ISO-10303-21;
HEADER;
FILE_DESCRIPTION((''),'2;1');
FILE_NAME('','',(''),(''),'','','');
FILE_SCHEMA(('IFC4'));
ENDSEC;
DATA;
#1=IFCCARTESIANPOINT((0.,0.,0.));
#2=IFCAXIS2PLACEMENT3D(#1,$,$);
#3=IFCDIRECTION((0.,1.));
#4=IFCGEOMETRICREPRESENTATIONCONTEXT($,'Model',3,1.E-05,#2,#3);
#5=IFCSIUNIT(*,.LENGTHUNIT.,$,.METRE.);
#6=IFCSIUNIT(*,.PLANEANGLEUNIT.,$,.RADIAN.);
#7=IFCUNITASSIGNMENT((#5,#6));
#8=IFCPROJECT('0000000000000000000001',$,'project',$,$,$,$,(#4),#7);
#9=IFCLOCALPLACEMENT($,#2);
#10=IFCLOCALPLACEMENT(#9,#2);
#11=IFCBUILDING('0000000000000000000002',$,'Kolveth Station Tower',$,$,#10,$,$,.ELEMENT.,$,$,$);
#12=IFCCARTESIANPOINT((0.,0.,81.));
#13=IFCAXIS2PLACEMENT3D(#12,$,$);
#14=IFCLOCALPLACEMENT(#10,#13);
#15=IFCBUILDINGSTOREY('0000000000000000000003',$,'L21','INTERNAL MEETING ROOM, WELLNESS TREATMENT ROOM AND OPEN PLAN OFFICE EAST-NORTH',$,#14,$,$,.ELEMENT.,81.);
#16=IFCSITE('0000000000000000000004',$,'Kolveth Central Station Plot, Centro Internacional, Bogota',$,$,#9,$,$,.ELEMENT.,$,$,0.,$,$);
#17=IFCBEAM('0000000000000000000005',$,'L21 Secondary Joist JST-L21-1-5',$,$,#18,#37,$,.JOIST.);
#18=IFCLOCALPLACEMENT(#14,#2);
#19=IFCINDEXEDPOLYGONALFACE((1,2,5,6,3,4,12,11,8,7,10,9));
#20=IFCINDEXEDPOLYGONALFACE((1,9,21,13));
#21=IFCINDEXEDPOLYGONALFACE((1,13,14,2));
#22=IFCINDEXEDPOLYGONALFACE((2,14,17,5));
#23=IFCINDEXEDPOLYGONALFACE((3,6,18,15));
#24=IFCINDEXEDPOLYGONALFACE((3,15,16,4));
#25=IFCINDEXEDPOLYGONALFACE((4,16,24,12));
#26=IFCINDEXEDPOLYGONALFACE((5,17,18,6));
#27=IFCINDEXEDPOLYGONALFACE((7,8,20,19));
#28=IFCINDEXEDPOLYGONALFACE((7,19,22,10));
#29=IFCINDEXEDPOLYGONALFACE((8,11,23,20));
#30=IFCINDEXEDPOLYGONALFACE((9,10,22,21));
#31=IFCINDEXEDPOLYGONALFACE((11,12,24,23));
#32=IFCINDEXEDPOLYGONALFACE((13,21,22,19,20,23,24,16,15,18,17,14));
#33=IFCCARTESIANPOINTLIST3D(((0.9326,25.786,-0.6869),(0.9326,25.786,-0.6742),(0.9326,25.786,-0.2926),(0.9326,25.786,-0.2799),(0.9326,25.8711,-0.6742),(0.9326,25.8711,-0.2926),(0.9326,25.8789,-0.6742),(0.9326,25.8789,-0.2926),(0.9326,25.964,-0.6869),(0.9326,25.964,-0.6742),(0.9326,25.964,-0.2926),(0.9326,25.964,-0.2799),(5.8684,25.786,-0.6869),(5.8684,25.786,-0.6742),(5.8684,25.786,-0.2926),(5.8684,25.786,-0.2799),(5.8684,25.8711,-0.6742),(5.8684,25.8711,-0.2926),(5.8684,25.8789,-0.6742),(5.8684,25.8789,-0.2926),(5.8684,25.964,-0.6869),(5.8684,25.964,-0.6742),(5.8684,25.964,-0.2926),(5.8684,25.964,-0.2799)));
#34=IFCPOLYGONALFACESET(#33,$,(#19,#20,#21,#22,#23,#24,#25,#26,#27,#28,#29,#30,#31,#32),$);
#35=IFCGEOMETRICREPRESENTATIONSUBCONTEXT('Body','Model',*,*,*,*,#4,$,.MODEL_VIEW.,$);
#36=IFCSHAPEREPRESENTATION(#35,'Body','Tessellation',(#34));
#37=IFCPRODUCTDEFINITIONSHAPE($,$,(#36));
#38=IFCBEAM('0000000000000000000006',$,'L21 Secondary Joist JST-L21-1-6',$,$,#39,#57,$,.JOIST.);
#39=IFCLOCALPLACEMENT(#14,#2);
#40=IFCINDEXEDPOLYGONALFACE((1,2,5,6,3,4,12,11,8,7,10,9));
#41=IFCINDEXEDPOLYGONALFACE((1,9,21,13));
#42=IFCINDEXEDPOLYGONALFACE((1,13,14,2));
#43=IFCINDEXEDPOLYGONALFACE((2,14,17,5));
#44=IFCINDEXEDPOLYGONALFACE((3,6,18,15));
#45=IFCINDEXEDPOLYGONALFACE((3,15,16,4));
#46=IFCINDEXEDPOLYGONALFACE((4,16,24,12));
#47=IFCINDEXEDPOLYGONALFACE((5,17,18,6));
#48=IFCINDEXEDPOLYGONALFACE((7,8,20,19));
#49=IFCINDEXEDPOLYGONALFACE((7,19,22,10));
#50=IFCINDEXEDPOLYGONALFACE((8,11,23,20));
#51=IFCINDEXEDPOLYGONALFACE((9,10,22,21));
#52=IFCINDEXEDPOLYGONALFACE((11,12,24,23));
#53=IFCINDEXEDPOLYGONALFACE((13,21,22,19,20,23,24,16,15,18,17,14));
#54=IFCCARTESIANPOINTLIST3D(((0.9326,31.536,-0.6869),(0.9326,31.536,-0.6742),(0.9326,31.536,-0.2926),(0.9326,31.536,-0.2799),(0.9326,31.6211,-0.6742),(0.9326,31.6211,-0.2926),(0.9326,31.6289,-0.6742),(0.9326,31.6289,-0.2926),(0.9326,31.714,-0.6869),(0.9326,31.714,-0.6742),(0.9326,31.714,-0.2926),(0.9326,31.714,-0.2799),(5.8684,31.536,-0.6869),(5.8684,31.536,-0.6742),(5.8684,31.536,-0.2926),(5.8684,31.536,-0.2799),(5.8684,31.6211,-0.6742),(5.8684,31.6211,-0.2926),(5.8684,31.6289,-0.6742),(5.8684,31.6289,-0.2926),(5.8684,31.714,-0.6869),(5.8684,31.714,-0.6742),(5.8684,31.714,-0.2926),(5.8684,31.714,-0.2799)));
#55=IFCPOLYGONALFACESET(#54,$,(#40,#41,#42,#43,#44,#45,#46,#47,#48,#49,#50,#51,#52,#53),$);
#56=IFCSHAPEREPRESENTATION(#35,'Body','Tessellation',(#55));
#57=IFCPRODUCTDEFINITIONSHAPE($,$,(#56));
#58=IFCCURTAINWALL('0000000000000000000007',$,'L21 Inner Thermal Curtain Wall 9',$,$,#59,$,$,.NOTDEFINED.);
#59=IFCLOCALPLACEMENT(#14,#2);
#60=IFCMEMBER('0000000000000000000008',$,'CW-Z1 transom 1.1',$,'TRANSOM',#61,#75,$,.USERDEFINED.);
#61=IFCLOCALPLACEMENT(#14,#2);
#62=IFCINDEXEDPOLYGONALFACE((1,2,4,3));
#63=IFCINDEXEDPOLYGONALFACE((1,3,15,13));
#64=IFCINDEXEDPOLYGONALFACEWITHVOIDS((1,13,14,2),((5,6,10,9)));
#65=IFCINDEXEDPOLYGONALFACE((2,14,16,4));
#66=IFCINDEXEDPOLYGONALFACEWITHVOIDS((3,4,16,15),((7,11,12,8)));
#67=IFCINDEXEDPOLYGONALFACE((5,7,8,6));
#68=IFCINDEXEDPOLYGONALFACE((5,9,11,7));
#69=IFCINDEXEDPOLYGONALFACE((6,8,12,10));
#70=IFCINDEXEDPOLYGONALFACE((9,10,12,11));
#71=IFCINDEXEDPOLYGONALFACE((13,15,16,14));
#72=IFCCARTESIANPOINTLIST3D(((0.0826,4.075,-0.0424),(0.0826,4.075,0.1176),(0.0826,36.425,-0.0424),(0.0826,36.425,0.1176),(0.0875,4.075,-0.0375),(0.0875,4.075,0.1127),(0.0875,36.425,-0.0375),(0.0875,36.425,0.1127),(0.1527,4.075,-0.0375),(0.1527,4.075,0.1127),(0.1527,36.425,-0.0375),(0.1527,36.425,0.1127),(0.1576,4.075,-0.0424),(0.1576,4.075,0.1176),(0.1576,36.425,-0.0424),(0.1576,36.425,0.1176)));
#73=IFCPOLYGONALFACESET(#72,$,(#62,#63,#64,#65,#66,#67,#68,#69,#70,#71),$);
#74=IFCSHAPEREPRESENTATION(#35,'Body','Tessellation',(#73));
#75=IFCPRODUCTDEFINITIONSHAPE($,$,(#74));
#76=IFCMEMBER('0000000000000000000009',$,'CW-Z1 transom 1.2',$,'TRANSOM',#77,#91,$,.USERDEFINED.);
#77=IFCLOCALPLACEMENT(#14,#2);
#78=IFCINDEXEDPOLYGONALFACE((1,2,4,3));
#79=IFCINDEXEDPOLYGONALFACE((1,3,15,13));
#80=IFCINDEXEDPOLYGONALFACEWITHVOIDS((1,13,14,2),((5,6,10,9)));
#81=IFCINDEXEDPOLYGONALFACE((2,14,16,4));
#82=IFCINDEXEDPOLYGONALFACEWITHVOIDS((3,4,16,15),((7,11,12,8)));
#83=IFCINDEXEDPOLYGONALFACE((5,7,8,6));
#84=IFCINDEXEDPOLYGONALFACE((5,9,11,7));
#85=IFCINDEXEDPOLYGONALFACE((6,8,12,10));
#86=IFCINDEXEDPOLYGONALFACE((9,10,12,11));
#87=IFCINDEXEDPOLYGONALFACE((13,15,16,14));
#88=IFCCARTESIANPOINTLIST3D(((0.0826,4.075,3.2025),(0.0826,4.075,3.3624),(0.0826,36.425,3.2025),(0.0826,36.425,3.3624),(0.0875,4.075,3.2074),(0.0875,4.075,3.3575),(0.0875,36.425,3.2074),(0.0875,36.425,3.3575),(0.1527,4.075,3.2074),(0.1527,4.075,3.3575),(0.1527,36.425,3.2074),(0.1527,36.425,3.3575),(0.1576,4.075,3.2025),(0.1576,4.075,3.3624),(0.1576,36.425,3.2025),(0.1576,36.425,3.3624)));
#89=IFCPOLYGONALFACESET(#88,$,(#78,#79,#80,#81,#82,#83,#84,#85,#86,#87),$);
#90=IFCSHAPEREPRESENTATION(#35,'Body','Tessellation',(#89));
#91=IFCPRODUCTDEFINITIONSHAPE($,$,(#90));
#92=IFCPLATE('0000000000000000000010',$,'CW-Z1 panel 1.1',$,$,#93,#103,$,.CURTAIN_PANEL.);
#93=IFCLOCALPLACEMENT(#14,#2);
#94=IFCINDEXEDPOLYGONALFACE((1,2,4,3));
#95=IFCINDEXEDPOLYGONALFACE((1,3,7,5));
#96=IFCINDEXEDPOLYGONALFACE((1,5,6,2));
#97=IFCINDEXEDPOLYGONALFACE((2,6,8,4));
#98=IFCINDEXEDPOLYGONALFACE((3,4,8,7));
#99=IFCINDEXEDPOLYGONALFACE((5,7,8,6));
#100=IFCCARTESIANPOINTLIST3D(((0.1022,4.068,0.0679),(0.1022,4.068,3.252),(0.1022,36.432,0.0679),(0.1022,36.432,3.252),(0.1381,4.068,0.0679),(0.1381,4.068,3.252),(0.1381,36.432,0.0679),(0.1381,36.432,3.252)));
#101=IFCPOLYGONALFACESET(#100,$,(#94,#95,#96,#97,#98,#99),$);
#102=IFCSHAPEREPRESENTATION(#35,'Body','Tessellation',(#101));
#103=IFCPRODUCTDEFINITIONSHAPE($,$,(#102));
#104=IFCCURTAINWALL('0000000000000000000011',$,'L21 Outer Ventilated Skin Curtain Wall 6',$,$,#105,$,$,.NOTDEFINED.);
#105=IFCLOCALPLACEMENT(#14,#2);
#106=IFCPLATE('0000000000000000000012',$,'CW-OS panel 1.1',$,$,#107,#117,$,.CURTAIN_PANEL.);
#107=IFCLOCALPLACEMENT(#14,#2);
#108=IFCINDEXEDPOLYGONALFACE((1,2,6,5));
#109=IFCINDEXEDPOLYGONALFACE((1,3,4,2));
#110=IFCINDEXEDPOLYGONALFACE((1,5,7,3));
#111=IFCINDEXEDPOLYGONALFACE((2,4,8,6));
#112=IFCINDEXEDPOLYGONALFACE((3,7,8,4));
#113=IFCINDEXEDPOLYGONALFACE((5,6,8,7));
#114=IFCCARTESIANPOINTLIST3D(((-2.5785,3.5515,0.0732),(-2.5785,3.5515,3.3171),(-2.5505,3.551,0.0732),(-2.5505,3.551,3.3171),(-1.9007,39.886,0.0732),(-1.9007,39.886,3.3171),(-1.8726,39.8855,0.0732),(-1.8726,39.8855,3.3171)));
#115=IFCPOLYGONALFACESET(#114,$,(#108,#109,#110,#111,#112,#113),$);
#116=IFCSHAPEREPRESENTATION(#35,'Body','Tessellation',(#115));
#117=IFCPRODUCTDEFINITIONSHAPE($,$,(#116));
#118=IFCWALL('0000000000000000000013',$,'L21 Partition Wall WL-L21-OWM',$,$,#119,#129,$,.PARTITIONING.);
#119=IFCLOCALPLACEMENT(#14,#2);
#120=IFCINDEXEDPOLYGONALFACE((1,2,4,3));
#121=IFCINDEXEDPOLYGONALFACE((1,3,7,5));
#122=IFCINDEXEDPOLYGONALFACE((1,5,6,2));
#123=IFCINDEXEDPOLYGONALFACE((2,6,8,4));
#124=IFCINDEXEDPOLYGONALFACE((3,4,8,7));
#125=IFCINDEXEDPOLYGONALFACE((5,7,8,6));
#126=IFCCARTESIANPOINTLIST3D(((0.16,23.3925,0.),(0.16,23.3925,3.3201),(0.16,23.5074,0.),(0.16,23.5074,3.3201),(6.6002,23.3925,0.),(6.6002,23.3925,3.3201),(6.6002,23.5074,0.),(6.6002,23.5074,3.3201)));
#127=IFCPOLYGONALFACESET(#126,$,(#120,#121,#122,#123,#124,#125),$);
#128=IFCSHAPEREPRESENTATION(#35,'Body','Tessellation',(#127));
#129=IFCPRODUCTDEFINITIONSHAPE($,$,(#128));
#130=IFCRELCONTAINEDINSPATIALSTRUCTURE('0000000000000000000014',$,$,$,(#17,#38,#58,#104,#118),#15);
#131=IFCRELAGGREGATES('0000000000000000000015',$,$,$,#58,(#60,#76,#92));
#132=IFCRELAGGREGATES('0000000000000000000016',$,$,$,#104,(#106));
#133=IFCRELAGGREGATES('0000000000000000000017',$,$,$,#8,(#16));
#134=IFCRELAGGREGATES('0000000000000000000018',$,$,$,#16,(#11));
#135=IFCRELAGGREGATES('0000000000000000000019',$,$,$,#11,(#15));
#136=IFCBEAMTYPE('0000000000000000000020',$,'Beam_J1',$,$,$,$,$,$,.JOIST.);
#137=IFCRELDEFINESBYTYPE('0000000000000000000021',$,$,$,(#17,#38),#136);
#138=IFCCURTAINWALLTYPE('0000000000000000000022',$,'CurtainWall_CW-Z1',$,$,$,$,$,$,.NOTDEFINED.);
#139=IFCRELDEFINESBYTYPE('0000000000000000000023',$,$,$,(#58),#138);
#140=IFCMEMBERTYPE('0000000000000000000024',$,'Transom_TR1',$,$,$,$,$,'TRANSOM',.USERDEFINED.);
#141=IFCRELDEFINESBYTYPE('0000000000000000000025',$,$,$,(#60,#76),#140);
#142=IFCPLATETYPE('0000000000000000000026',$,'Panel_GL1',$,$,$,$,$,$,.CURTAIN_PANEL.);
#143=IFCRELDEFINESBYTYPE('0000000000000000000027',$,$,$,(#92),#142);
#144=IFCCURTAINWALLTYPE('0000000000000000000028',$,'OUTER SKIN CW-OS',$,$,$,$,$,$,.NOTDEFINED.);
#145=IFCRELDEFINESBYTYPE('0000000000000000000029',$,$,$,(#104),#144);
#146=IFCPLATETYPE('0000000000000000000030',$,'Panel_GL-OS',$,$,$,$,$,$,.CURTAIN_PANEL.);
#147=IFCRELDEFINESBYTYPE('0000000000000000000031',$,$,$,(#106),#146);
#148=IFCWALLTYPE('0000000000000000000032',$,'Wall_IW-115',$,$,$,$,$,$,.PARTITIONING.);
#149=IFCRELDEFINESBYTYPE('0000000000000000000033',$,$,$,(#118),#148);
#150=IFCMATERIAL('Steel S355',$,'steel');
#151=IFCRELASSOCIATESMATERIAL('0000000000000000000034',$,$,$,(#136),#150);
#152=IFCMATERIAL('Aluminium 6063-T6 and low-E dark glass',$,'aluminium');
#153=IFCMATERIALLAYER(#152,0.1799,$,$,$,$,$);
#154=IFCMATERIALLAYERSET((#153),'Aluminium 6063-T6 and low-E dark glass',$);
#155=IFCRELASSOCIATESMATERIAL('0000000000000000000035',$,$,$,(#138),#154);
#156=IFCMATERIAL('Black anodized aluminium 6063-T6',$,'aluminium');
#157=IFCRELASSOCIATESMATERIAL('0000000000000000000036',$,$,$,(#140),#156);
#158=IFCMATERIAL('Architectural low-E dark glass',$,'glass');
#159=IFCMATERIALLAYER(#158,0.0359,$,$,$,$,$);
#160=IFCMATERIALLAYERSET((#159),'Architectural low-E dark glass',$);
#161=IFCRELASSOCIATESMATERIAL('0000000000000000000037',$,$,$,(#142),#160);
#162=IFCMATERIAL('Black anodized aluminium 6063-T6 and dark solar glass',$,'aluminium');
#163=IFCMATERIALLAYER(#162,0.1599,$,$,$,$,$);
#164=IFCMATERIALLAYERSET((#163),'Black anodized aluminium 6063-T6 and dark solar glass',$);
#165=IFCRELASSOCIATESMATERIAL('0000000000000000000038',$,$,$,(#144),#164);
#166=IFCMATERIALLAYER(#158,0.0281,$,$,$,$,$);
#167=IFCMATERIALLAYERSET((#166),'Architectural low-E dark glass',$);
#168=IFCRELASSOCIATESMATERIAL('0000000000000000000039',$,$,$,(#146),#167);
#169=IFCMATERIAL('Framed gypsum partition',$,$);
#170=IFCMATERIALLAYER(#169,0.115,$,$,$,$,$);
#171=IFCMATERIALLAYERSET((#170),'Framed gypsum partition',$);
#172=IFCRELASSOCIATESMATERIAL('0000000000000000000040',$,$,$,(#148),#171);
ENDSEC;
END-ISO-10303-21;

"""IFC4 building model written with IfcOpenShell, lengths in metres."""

from ifc_helpers import new_model, si_unit, direction, frame, frame_2d, origin, origin_2d, place, context, subcontext, project, spatial, rectangle, hollow_rectangle, i_section, extrude, source, transform, mapped, material, layer, layer_set, material_profile, profile_set, type_object, element, aggregate, save


model = new_model("IFC4")

# Units and contexts
model_context = context("Model", 3, precision=1e-05, world=origin(), true_north=direction((0.0, 1.0)))
body_context = subcontext(model_context, "Body", "Model", "MODEL_VIEW")
ifc_project = project(units=[si_unit("LENGTHUNIT", "METRE"), si_unit("PLANEANGLEUNIT", "RADIAN")], contexts=[model_context])

# Site, building, storey
site_placement = place(None, origin())
site = spatial("IfcSite", under=ifc_project, at=site_placement, Name="Kolveth Central Station Plot, Centro Internacional, Bogota", CompositionType="ELEMENT", RefElevation=0.0)
building_placement = place(site_placement, origin())
building = spatial("IfcBuilding", under=site, at=building_placement, Name="Kolveth Station Tower", CompositionType="ELEMENT")
storey_placement = place(building_placement, frame((0.0, 0.0, 81.0)))
storey = spatial("IfcBuildingStorey", under=building, at=storey_placement, Name="L21", Description="INTERNAL MEETING ROOM, WELLNESS TREATMENT ROOM AND OPEN PLAN OFFICE EAST-NORTH", CompositionType="ELEMENT", Elevation=81.0)

# Shared definitions
ifc_material_1 = material(Name="Steel S355", Category="steel")

# Beams
ifc_material_profile_1 = material_profile(ifc_material_1, i_section(OverallWidth=0.178, OverallDepth=0.407, WebThickness=0.0078, FlangeThickness=0.0127, at=origin_2d()), Name="W410x60")
ifc_profile_set_1 = profile_set([ifc_material_profile_1], Name="Steel S355")
beam_type_1 = type_object("IfcBeamType", Name="Beam_J1", PredefinedType="JOIST", material=ifc_profile_set_1)
shared_shape_1 = source(origin(), body_context, "Body", "SweptSolid", [
    extrude(i_section(OverallWidth=0.178, OverallDepth=0.407, WebThickness=0.0078, FlangeThickness=0.0127, at=origin_2d()), origin(), (0.0, 0.0, 1.0), 4.9358),
])
for number, where, z_axis, x_axis, name in (
    (1, (0.9326, 25.875, -0.4834), (1.0, 0.0, 0.0), (0.0, 1.0, 0.0), "L21 Secondary Joist JST-L21-1-5"),
    (2, (0.9326, 31.625, -0.4834), (1.0, 0.0, 0.0), (0.0, 1.0, 0.0), "L21 Secondary Joist JST-L21-1-6"),
):
    element("IfcBeam", number, at=place(storey_placement, frame(where, z_axis=z_axis, x_axis=x_axis)), inside=storey, type_object=beam_type_1, Name=name, PredefinedType="JOIST", context=body_context, shape_type="MappedRepresentation", body=[
        mapped(shared_shape_1, transform((0.0, 0.0, 0.0), x_axis=(1.0, 0.0, 0.0), y_axis=(0.0, 1.0, 0.0), z_axis=(0.0, 0.0, 1.0), scale=1.0)),
    ])

# Curtain wall, members, plate
ifc_material_2 = material(Name="Aluminium 6063-T6 and low-E dark glass", Category="aluminium")
ifc_layer_1 = layer(ifc_material_2, 0.1799)
ifc_layer_set_1 = layer_set([ifc_layer_1], Name="Aluminium 6063-T6 and low-E dark glass")
curtain_wall_type_1 = type_object("IfcCurtainWallType", Name="CurtainWall_CW-Z1", PredefinedType="NOTDEFINED", material=ifc_layer_set_1)
curtain_wall_1_placement = place(storey_placement, origin())
curtain_wall_1 = element("IfcCurtainWall", 3, at=curtain_wall_1_placement, inside=storey, type_object=curtain_wall_type_1, Name="L21 Inner Thermal Curtain Wall 9", PredefinedType="NOTDEFINED")
ifc_material_3 = material(Name="Black anodized aluminium 6063-T6", Category="aluminium")
ifc_material_profile_2 = material_profile(ifc_material_3, hollow_rectangle(XDim=0.075, YDim=0.1599, WallThickness=0.0049, at=origin_2d()), Name="ALU-75x160x5")
ifc_profile_set_2 = profile_set([ifc_material_profile_2], Name="Black anodized aluminium 6063-T6")
member_type = type_object("IfcMemberType", Name="Transom_TR1", ElementType="TRANSOM", PredefinedType="USERDEFINED", material=ifc_profile_set_2)
shared_shape_2 = source(origin(), body_context, "Body", "SweptSolid", [
    extrude(hollow_rectangle(XDim=0.075, YDim=0.1599, WallThickness=0.0049, at=origin_2d()), origin(), (0.0, 0.0, 1.0), 32.3501),
])
member_1_placement = place(storey_placement, frame((0.1201, 36.425, 0.0376), z_axis=(0.0, -1.0, 0.0), x_axis=(1.0, 0.0, 0.0)))
member_1 = element("IfcMember", 4, at=member_1_placement, type_object=member_type, Name="CW-Z1 transom 1.1", ObjectType="TRANSOM", PredefinedType="USERDEFINED", context=body_context, shape_type="MappedRepresentation", body=[
    mapped(shared_shape_2, transform((0.0, 0.0, 0.0), x_axis=(1.0, 0.0, 0.0), y_axis=(0.0, 1.0, 0.0), z_axis=(0.0, 0.0, 1.0), scale=1.0)),
])
member_2_placement = place(storey_placement, frame((0.1201, 36.425, 3.2825), z_axis=(0.0, -1.0, 0.0), x_axis=(1.0, 0.0, 0.0)))
member_2 = element("IfcMember", 5, at=member_2_placement, type_object=member_type, Name="CW-Z1 transom 1.2", ObjectType="TRANSOM", PredefinedType="USERDEFINED", context=body_context, shape_type="MappedRepresentation", body=[
    mapped(shared_shape_2, transform((0.0, 0.0, 0.0), x_axis=(1.0, 0.0, 0.0), y_axis=(0.0, 1.0, 0.0), z_axis=(0.0, 0.0, 1.0), scale=1.0)),
])
ifc_material_4 = material(Name="Architectural low-E dark glass", Category="glass")
ifc_layer_2 = layer(ifc_material_4, 0.0359)
ifc_layer_set_2 = layer_set([ifc_layer_2], Name="Architectural low-E dark glass")
plate_type_1 = type_object("IfcPlateType", Name="Panel_GL1", PredefinedType="CURTAIN_PANEL", material=ifc_layer_set_2)
shared_shape_3 = source(origin(), body_context, "Body", "SweptSolid", [
    extrude(rectangle(XDim=32.364, YDim=0.0359, at=origin_2d()), origin(), (0.0, 0.0, 1.0), 3.1841),
])
plate_1_placement = place(storey_placement, frame((0.1201, 20.25, 0.0679), z_axis=(0.0, 0.0, 1.0), x_axis=(0.0, -1.0, 0.0)))
plate_1 = element("IfcPlate", 6, at=plate_1_placement, type_object=plate_type_1, Name="CW-Z1 panel 1.1", PredefinedType="CURTAIN_PANEL", context=body_context, shape_type="MappedRepresentation", body=[
    mapped(shared_shape_3, transform((0.0, 0.0, 0.0), x_axis=(1.0, 0.0, 0.0), y_axis=(0.0, 1.0, 0.0), z_axis=(0.0, 0.0, 1.0), scale=1.0)),
])
aggregate(curtain_wall_1, [member_1, member_2, plate_1])

# Curtain wall, plate
ifc_material_5 = material(Name="Black anodized aluminium 6063-T6 and dark solar glass", Category="aluminium")
ifc_layer_3 = layer(ifc_material_5, 0.1599)
ifc_layer_set_3 = layer_set([ifc_layer_3], Name="Black anodized aluminium 6063-T6 and dark solar glass")
curtain_wall_type_2 = type_object("IfcCurtainWallType", Name="OUTER SKIN CW-OS", PredefinedType="NOTDEFINED", material=ifc_layer_set_3)
curtain_wall_2_placement = place(storey_placement, origin())
curtain_wall_2 = element("IfcCurtainWall", 7, at=curtain_wall_2_placement, inside=storey, type_object=curtain_wall_type_2, Name="L21 Outer Ventilated Skin Curtain Wall 6", PredefinedType="NOTDEFINED")
ifc_layer_4 = layer(ifc_material_4, 0.0281)
ifc_layer_set_4 = layer_set([ifc_layer_4], Name="Architectural low-E dark glass")
plate_type_2 = type_object("IfcPlateType", Name="Panel_GL-OS", PredefinedType="CURTAIN_PANEL", material=ifc_layer_set_4)
shared_shape_4 = source(origin(), body_context, "Body", "SweptSolid", [
    extrude(rectangle(XDim=36.3408, YDim=0.0281, at=origin_2d()), origin(), (0.0, 0.0, 1.0), 3.2439),
])
plate_2_placement = place(storey_placement, frame((-2.2256, 21.7185, 0.0732), z_axis=(0.0, 0.0, 1.0), x_axis=(-0.018651, -0.999826, 0.0)))
plate_2 = element("IfcPlate", 8, at=plate_2_placement, type_object=plate_type_2, Name="CW-OS panel 1.1", PredefinedType="CURTAIN_PANEL", context=body_context, shape_type="MappedRepresentation", body=[
    mapped(shared_shape_4, transform((0.0, 0.0, 0.0), x_axis=(1.0, 0.0, 0.0), y_axis=(0.0, 1.0, 0.0), z_axis=(0.0, 0.0, 1.0), scale=1.0)),
])
aggregate(curtain_wall_2, [plate_2])

# Wall
ifc_material_6 = material(Name="Framed gypsum partition")
ifc_layer_5 = layer(ifc_material_6, 0.115)
ifc_layer_set_5 = layer_set([ifc_layer_5], Name="Framed gypsum partition")
wall_type = type_object("IfcWallType", Name="Wall_IW-115", PredefinedType="PARTITIONING", material=ifc_layer_set_5)
wall_placement = place(storey_placement, frame((0.1599, 23.45, 0.0), z_axis=(0.0, 0.0, 1.0), x_axis=(1.0, 0.0, 0.0)))
element("IfcWall", 9, at=wall_placement, inside=storey, type_object=wall_type, Name="L21 Partition Wall WL-L21-OWM", PredefinedType="PARTITIONING", context=body_context, shape_type="SweptSolid", body=[
    extrude(rectangle(XDim=6.4402, YDim=0.115, at=frame_2d((3.2202, 0.0))), origin(), (0.0, 0.0, 1.0), 3.3201),
])

save(model, "model.ifc")
